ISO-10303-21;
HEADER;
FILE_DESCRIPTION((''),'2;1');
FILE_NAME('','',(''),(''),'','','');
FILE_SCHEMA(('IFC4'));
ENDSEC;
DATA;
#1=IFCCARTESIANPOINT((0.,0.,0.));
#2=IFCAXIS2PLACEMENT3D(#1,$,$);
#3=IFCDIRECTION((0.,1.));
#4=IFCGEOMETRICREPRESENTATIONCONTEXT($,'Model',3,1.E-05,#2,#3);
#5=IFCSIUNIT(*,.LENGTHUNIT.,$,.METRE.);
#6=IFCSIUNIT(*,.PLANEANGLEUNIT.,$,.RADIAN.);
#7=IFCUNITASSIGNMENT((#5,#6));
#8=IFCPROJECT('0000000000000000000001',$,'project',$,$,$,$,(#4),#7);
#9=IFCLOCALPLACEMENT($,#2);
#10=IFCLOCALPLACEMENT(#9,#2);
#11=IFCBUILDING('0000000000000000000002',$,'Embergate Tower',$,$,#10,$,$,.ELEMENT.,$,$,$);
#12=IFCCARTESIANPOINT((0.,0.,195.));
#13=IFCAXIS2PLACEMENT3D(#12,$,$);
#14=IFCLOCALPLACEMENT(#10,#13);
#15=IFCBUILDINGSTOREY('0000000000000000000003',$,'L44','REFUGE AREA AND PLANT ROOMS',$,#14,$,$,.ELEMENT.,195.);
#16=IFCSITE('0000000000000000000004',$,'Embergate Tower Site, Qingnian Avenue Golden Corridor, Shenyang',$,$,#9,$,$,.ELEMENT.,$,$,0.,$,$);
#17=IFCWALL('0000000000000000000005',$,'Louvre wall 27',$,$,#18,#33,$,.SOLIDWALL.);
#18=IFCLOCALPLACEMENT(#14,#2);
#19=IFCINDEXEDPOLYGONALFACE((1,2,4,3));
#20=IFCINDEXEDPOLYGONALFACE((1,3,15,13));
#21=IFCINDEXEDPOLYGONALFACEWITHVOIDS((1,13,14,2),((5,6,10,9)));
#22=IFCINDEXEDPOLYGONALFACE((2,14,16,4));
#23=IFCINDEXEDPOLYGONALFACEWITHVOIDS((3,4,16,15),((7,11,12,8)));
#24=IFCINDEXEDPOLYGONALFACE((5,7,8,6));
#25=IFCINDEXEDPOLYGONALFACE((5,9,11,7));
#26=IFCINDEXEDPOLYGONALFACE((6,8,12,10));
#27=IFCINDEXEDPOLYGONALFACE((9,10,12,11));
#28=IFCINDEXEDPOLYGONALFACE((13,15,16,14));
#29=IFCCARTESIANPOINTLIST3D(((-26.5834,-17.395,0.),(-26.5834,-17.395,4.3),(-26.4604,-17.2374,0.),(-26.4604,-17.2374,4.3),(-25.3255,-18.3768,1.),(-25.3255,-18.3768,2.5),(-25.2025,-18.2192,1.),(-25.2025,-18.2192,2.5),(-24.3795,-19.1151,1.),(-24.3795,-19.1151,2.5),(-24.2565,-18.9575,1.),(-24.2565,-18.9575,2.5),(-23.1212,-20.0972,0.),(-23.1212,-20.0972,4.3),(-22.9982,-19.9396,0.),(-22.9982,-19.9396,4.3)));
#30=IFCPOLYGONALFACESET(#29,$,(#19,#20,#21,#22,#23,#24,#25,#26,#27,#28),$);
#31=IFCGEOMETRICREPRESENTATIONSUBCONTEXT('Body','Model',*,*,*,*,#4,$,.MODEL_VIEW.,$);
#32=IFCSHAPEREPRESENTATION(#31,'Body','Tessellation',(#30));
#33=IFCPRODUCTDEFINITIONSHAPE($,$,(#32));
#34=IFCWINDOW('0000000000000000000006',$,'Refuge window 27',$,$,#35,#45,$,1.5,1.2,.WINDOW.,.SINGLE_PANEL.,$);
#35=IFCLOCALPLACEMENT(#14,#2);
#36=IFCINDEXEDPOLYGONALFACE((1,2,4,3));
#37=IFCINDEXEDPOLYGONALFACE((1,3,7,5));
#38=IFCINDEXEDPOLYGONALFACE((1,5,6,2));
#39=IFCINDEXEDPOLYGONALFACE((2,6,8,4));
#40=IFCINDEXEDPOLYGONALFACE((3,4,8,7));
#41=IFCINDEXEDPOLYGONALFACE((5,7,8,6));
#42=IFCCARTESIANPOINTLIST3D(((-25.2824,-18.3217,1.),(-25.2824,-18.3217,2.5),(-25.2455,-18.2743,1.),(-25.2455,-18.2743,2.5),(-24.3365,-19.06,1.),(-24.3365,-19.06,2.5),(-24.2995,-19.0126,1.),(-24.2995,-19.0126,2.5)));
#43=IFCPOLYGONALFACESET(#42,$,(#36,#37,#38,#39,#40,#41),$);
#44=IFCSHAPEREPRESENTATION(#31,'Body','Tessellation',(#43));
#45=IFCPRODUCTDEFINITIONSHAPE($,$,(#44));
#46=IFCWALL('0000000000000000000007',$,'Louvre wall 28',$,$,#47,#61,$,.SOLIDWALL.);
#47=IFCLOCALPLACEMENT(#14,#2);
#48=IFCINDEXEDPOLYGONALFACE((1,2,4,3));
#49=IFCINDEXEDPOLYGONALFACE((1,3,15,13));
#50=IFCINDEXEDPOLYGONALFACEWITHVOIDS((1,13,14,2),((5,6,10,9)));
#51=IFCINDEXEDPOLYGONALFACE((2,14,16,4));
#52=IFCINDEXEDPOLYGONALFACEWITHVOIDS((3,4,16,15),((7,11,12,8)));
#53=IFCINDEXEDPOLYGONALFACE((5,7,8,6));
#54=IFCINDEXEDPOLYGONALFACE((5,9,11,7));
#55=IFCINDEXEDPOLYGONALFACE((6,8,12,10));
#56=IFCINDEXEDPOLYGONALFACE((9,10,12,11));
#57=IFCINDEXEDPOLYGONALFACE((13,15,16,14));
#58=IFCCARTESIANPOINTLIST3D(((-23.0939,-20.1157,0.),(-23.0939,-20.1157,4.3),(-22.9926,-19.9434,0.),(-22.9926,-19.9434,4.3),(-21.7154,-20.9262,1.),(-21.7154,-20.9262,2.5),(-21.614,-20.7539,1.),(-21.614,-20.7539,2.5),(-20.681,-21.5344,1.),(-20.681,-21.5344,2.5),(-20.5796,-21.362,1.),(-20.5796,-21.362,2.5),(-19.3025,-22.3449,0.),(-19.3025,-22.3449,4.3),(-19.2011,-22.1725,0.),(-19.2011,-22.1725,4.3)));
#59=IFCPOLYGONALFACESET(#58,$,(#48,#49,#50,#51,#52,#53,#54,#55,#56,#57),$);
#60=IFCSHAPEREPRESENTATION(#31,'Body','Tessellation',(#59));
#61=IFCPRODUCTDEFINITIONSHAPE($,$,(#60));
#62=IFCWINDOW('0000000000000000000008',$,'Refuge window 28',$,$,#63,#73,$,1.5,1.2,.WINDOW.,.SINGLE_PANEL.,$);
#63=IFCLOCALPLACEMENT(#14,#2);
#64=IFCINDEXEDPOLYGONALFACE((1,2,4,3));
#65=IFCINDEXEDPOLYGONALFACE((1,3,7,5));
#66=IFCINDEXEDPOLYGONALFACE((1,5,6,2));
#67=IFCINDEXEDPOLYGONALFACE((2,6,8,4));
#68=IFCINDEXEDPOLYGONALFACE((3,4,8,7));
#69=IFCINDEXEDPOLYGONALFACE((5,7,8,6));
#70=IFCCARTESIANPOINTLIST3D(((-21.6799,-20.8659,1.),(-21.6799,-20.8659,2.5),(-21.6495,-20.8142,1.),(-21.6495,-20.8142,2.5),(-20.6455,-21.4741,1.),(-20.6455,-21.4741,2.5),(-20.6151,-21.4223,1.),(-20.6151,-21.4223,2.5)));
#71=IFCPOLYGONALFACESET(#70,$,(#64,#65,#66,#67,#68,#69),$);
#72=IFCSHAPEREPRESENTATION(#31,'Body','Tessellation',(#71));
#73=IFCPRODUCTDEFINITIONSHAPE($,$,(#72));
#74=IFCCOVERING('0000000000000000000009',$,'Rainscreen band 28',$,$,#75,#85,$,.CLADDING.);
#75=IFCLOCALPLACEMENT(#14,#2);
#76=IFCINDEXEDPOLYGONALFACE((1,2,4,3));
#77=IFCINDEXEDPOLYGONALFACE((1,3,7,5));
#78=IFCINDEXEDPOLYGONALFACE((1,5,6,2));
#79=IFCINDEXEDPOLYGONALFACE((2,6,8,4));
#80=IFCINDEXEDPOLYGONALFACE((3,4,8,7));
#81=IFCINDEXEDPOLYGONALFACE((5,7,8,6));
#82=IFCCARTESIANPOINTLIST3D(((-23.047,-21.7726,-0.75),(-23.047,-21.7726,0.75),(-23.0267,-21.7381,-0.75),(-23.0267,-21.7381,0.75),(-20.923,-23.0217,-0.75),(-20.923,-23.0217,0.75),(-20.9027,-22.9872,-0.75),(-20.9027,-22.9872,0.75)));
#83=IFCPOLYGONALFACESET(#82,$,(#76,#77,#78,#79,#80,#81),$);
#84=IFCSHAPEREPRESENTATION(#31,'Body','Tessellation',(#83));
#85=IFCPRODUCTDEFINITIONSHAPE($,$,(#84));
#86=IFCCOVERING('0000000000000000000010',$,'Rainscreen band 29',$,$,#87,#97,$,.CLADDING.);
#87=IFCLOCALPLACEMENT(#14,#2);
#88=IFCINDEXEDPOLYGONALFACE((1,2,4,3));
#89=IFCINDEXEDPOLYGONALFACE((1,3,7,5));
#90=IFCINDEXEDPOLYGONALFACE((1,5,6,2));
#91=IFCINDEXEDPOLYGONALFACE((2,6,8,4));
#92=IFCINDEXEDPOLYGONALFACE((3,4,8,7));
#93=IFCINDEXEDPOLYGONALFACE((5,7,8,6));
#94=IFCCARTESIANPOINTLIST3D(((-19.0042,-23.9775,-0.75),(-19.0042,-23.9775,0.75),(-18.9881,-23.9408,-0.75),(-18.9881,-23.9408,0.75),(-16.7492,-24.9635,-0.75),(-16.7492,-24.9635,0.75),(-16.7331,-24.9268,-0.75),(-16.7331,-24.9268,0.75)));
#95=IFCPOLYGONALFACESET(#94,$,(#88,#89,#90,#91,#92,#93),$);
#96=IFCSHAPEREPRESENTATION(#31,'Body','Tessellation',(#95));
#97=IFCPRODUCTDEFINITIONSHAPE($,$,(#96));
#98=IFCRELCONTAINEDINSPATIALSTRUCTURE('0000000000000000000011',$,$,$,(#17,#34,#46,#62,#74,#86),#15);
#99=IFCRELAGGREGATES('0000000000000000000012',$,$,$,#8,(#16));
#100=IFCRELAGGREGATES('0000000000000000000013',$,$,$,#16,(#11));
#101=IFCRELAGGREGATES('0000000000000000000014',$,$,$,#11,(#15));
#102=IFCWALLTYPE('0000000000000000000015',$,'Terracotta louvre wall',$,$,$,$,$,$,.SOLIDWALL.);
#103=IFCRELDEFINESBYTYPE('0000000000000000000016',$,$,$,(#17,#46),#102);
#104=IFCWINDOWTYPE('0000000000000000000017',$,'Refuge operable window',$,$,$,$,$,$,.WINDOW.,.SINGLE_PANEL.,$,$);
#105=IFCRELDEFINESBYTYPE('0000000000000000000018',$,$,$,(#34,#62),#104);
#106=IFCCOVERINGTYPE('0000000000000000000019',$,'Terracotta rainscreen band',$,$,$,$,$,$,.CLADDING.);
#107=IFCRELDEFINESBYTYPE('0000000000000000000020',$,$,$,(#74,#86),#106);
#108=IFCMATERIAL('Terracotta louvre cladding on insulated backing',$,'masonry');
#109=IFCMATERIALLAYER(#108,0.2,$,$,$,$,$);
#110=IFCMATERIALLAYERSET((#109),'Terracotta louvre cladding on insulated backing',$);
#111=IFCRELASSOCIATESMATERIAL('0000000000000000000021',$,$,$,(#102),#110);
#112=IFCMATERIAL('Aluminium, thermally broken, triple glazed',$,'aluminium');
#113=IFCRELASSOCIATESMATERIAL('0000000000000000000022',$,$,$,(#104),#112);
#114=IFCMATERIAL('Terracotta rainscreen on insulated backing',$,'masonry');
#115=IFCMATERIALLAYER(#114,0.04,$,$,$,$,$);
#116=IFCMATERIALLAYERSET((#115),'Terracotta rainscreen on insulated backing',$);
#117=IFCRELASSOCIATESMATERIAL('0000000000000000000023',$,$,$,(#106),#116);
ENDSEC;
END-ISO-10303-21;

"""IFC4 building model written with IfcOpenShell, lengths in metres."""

from ifc_helpers import new_model, si_unit, direction, frame, frame_2d, origin, origin_2d, place, context, subcontext, project, spatial, rectangle, extrude, source, transform, mapped, material, layer, layer_set, type_object, element, fill, save


model = new_model("IFC4")

# Units and contexts
model_context = context("Model", 3, precision=1e-05, world=origin(), true_north=direction((0.0, 1.0)))
body_context = subcontext(model_context, "Body", "Model", "MODEL_VIEW")
ifc_project = project(units=[si_unit("LENGTHUNIT", "METRE"), si_unit("PLANEANGLEUNIT", "RADIAN")], contexts=[model_context])

# Site, building, storey
site_placement = place(None, origin())
site = spatial("IfcSite", under=ifc_project, at=site_placement, Name="Embergate Tower Site, Qingnian Avenue Golden Corridor, Shenyang", CompositionType="ELEMENT", RefElevation=0.0)
building_placement = place(site_placement, origin())
building = spatial("IfcBuilding", under=site, at=building_placement, Name="Embergate Tower", CompositionType="ELEMENT")
storey_placement = place(building_placement, frame((0.0, 0.0, 195.0)))
storey = spatial("IfcBuildingStorey", under=building, at=storey_placement, Name="L44", Description="REFUGE AREA AND PLANT ROOMS", CompositionType="ELEMENT", Elevation=195.0)

# Walls, openings, windows
ifc_material_1 = material(Name="Terracotta louvre cladding on insulated backing", Category="masonry")
ifc_layer_1 = layer(ifc_material_1, 0.2)
ifc_layer_set_1 = layer_set([ifc_layer_1], Name="Terracotta louvre cladding on insulated backing")
wall_type = type_object("IfcWallType", Name="Terracotta louvre wall", PredefinedType="SOLIDWALL", material=ifc_layer_set_1)
shared_shape_1 = source(origin(), body_context, "Body", "SweptSolid", [
    extrude(rectangle(XDim=4.3918, YDim=0.2, at=frame_2d((2.1958, 0.0))), origin(), (0.0, 0.0, 1.0), 4.3),
])
wall_1_placement = place(storey_placement, frame((-23.0598, -20.0183, 0.0), z_axis=(0.0, 0.0, 1.0), x_axis=(-0.788318, 0.615267, 0.0)))
wall_1 = element("IfcWall", 1, at=wall_1_placement, inside=storey, type_object=wall_type, Name="Louvre wall 27", PredefinedType="SOLIDWALL", context=body_context, shape_type="MappedRepresentation", body=[
    mapped(shared_shape_1, transform((0.0, 0.0, 0.0))),
])
shared_shape_2 = source(origin(), body_context, "Body", "SweptSolid", [
    extrude(rectangle(XDim=1.2, YDim=1.5, at=frame_2d((0.6001, 0.75))), frame((0.0, 0.1099, 0.0), z_axis=(0.0, -1.0, 0.0), x_axis=(1.0, 0.0, 0.0)), (0.0, 0.0, 1.0), 0.22),
])
opening_1_placement = place(wall_1_placement, frame((1.5959, 0.0, 1.0)))
opening_1 = element("IfcOpeningElement", 2, at=opening_1_placement, cuts=wall_1, PredefinedType="OPENING", context=body_context, shape_type="MappedRepresentation", body=[
    mapped(shared_shape_2, transform((0.0, 0.0, 0.0))),
])
ifc_material_2 = material(Name="Aluminium, thermally broken, triple glazed", Category="aluminium")
window_type = type_object("IfcWindowType", Name="Refuge operable window", PartitioningType="SINGLE_PANEL", PredefinedType="WINDOW", material=ifc_material_2)
shared_shape_3 = source(origin(), body_context, "Body", "SweptSolid", [
    extrude(rectangle(XDim=1.2, YDim=1.5, at=frame_2d((0.6001, 0.75))), frame((0.0, 0.03, 0.0), z_axis=(0.0, -1.0, 0.0), x_axis=(1.0, 0.0, 0.0)), (0.0, 0.0, 1.0), 0.0601),
])
window_1_placement = place(opening_1_placement, origin())
window_1 = element("IfcWindow", 3, at=window_1_placement, inside=storey, type_object=window_type, Name="Refuge window 27", OverallHeight=1.5, OverallWidth=1.2, PartitioningType="SINGLE_PANEL", PredefinedType="WINDOW", context=body_context, shape_type="MappedRepresentation", body=[
    mapped(shared_shape_3, transform((0.0, 0.0, 0.0))),
])
fill(opening_1, window_1)
shared_shape_4 = source(origin(), body_context, "Body", "SweptSolid", [
    extrude(rectangle(XDim=4.3982, YDim=0.2, at=frame_2d((2.1992, 0.0))), origin(), (0.0, 0.0, 1.0), 4.3),
])
wall_2_placement = place(storey_placement, frame((-19.2517, -22.2588, 0.0), z_axis=(0.0, 0.0, 1.0), x_axis=(-0.862038, 0.506843, 0.0)))
wall_2 = element("IfcWall", 4, at=wall_2_placement, inside=storey, type_object=wall_type, Name="Louvre wall 28", PredefinedType="SOLIDWALL", context=body_context, shape_type="MappedRepresentation", body=[
    mapped(shared_shape_4, transform((0.0, 0.0, 0.0))),
])
opening_2_placement = place(wall_2_placement, frame((1.5991, 0.0, 1.0)))
opening_2 = element("IfcOpeningElement", 5, at=opening_2_placement, cuts=wall_2, PredefinedType="OPENING", context=body_context, shape_type="MappedRepresentation", body=[
    mapped(shared_shape_2, transform((0.0, 0.0, 0.0))),
])
window_2_placement = place(opening_2_placement, origin())
window_2 = element("IfcWindow", 6, at=window_2_placement, inside=storey, type_object=window_type, Name="Refuge window 28", OverallHeight=1.5, OverallWidth=1.2, PartitioningType="SINGLE_PANEL", PredefinedType="WINDOW", context=body_context, shape_type="MappedRepresentation", body=[
    mapped(shared_shape_3, transform((0.0, 0.0, 0.0))),
])
fill(opening_2, window_2)

# Coverings
ifc_material_3 = material(Name="Terracotta rainscreen on insulated backing", Category="masonry")
ifc_layer_2 = layer(ifc_material_3, 0.04)
ifc_layer_set_2 = layer_set([ifc_layer_2], Name="Terracotta rainscreen on insulated backing")
covering_type = type_object("IfcCoveringType", Name="Terracotta rainscreen band", PredefinedType="CLADDING", material=ifc_layer_set_2)
shared_shape_5 = source(origin(), body_context, "Body", "SweptSolid", [
    extrude(rectangle(XDim=2.4641, YDim=0.04, at=origin_2d()), origin(), (0.0, 0.0, 1.0), 1.5),
])
covering_1_placement = place(storey_placement, frame((-21.9749, -22.3799, -0.75), z_axis=(0.0, 0.0, 1.0), x_axis=(0.862007, -0.506896, 0.0)))
element("IfcCovering", 7, at=covering_1_placement, inside=storey, type_object=covering_type, Name="Rainscreen band 28", PredefinedType="CLADDING", context=body_context, shape_type="MappedRepresentation", body=[
    mapped(shared_shape_5, transform((0.0, 0.0, 0.0))),
])
shared_shape_6 = source(origin(), body_context, "Body", "SweptSolid", [
    extrude(rectangle(XDim=2.4612, YDim=0.04, at=origin_2d()), origin(), (0.0, 0.0, 1.0), 1.5),
])
covering_2_placement = place(storey_placement, frame((-17.8687, -24.4521, -0.75), z_axis=(0.0, 0.0, 1.0), x_axis=(0.916241, -0.400627, 0.0)))
element("IfcCovering", 8, at=covering_2_placement, inside=storey, type_object=covering_type, Name="Rainscreen band 29", PredefinedType="CLADDING", context=body_context, shape_type="MappedRepresentation", body=[
    mapped(shared_shape_6, transform((0.0, 0.0, 0.0))),
])

save(model, "model.ifc")
